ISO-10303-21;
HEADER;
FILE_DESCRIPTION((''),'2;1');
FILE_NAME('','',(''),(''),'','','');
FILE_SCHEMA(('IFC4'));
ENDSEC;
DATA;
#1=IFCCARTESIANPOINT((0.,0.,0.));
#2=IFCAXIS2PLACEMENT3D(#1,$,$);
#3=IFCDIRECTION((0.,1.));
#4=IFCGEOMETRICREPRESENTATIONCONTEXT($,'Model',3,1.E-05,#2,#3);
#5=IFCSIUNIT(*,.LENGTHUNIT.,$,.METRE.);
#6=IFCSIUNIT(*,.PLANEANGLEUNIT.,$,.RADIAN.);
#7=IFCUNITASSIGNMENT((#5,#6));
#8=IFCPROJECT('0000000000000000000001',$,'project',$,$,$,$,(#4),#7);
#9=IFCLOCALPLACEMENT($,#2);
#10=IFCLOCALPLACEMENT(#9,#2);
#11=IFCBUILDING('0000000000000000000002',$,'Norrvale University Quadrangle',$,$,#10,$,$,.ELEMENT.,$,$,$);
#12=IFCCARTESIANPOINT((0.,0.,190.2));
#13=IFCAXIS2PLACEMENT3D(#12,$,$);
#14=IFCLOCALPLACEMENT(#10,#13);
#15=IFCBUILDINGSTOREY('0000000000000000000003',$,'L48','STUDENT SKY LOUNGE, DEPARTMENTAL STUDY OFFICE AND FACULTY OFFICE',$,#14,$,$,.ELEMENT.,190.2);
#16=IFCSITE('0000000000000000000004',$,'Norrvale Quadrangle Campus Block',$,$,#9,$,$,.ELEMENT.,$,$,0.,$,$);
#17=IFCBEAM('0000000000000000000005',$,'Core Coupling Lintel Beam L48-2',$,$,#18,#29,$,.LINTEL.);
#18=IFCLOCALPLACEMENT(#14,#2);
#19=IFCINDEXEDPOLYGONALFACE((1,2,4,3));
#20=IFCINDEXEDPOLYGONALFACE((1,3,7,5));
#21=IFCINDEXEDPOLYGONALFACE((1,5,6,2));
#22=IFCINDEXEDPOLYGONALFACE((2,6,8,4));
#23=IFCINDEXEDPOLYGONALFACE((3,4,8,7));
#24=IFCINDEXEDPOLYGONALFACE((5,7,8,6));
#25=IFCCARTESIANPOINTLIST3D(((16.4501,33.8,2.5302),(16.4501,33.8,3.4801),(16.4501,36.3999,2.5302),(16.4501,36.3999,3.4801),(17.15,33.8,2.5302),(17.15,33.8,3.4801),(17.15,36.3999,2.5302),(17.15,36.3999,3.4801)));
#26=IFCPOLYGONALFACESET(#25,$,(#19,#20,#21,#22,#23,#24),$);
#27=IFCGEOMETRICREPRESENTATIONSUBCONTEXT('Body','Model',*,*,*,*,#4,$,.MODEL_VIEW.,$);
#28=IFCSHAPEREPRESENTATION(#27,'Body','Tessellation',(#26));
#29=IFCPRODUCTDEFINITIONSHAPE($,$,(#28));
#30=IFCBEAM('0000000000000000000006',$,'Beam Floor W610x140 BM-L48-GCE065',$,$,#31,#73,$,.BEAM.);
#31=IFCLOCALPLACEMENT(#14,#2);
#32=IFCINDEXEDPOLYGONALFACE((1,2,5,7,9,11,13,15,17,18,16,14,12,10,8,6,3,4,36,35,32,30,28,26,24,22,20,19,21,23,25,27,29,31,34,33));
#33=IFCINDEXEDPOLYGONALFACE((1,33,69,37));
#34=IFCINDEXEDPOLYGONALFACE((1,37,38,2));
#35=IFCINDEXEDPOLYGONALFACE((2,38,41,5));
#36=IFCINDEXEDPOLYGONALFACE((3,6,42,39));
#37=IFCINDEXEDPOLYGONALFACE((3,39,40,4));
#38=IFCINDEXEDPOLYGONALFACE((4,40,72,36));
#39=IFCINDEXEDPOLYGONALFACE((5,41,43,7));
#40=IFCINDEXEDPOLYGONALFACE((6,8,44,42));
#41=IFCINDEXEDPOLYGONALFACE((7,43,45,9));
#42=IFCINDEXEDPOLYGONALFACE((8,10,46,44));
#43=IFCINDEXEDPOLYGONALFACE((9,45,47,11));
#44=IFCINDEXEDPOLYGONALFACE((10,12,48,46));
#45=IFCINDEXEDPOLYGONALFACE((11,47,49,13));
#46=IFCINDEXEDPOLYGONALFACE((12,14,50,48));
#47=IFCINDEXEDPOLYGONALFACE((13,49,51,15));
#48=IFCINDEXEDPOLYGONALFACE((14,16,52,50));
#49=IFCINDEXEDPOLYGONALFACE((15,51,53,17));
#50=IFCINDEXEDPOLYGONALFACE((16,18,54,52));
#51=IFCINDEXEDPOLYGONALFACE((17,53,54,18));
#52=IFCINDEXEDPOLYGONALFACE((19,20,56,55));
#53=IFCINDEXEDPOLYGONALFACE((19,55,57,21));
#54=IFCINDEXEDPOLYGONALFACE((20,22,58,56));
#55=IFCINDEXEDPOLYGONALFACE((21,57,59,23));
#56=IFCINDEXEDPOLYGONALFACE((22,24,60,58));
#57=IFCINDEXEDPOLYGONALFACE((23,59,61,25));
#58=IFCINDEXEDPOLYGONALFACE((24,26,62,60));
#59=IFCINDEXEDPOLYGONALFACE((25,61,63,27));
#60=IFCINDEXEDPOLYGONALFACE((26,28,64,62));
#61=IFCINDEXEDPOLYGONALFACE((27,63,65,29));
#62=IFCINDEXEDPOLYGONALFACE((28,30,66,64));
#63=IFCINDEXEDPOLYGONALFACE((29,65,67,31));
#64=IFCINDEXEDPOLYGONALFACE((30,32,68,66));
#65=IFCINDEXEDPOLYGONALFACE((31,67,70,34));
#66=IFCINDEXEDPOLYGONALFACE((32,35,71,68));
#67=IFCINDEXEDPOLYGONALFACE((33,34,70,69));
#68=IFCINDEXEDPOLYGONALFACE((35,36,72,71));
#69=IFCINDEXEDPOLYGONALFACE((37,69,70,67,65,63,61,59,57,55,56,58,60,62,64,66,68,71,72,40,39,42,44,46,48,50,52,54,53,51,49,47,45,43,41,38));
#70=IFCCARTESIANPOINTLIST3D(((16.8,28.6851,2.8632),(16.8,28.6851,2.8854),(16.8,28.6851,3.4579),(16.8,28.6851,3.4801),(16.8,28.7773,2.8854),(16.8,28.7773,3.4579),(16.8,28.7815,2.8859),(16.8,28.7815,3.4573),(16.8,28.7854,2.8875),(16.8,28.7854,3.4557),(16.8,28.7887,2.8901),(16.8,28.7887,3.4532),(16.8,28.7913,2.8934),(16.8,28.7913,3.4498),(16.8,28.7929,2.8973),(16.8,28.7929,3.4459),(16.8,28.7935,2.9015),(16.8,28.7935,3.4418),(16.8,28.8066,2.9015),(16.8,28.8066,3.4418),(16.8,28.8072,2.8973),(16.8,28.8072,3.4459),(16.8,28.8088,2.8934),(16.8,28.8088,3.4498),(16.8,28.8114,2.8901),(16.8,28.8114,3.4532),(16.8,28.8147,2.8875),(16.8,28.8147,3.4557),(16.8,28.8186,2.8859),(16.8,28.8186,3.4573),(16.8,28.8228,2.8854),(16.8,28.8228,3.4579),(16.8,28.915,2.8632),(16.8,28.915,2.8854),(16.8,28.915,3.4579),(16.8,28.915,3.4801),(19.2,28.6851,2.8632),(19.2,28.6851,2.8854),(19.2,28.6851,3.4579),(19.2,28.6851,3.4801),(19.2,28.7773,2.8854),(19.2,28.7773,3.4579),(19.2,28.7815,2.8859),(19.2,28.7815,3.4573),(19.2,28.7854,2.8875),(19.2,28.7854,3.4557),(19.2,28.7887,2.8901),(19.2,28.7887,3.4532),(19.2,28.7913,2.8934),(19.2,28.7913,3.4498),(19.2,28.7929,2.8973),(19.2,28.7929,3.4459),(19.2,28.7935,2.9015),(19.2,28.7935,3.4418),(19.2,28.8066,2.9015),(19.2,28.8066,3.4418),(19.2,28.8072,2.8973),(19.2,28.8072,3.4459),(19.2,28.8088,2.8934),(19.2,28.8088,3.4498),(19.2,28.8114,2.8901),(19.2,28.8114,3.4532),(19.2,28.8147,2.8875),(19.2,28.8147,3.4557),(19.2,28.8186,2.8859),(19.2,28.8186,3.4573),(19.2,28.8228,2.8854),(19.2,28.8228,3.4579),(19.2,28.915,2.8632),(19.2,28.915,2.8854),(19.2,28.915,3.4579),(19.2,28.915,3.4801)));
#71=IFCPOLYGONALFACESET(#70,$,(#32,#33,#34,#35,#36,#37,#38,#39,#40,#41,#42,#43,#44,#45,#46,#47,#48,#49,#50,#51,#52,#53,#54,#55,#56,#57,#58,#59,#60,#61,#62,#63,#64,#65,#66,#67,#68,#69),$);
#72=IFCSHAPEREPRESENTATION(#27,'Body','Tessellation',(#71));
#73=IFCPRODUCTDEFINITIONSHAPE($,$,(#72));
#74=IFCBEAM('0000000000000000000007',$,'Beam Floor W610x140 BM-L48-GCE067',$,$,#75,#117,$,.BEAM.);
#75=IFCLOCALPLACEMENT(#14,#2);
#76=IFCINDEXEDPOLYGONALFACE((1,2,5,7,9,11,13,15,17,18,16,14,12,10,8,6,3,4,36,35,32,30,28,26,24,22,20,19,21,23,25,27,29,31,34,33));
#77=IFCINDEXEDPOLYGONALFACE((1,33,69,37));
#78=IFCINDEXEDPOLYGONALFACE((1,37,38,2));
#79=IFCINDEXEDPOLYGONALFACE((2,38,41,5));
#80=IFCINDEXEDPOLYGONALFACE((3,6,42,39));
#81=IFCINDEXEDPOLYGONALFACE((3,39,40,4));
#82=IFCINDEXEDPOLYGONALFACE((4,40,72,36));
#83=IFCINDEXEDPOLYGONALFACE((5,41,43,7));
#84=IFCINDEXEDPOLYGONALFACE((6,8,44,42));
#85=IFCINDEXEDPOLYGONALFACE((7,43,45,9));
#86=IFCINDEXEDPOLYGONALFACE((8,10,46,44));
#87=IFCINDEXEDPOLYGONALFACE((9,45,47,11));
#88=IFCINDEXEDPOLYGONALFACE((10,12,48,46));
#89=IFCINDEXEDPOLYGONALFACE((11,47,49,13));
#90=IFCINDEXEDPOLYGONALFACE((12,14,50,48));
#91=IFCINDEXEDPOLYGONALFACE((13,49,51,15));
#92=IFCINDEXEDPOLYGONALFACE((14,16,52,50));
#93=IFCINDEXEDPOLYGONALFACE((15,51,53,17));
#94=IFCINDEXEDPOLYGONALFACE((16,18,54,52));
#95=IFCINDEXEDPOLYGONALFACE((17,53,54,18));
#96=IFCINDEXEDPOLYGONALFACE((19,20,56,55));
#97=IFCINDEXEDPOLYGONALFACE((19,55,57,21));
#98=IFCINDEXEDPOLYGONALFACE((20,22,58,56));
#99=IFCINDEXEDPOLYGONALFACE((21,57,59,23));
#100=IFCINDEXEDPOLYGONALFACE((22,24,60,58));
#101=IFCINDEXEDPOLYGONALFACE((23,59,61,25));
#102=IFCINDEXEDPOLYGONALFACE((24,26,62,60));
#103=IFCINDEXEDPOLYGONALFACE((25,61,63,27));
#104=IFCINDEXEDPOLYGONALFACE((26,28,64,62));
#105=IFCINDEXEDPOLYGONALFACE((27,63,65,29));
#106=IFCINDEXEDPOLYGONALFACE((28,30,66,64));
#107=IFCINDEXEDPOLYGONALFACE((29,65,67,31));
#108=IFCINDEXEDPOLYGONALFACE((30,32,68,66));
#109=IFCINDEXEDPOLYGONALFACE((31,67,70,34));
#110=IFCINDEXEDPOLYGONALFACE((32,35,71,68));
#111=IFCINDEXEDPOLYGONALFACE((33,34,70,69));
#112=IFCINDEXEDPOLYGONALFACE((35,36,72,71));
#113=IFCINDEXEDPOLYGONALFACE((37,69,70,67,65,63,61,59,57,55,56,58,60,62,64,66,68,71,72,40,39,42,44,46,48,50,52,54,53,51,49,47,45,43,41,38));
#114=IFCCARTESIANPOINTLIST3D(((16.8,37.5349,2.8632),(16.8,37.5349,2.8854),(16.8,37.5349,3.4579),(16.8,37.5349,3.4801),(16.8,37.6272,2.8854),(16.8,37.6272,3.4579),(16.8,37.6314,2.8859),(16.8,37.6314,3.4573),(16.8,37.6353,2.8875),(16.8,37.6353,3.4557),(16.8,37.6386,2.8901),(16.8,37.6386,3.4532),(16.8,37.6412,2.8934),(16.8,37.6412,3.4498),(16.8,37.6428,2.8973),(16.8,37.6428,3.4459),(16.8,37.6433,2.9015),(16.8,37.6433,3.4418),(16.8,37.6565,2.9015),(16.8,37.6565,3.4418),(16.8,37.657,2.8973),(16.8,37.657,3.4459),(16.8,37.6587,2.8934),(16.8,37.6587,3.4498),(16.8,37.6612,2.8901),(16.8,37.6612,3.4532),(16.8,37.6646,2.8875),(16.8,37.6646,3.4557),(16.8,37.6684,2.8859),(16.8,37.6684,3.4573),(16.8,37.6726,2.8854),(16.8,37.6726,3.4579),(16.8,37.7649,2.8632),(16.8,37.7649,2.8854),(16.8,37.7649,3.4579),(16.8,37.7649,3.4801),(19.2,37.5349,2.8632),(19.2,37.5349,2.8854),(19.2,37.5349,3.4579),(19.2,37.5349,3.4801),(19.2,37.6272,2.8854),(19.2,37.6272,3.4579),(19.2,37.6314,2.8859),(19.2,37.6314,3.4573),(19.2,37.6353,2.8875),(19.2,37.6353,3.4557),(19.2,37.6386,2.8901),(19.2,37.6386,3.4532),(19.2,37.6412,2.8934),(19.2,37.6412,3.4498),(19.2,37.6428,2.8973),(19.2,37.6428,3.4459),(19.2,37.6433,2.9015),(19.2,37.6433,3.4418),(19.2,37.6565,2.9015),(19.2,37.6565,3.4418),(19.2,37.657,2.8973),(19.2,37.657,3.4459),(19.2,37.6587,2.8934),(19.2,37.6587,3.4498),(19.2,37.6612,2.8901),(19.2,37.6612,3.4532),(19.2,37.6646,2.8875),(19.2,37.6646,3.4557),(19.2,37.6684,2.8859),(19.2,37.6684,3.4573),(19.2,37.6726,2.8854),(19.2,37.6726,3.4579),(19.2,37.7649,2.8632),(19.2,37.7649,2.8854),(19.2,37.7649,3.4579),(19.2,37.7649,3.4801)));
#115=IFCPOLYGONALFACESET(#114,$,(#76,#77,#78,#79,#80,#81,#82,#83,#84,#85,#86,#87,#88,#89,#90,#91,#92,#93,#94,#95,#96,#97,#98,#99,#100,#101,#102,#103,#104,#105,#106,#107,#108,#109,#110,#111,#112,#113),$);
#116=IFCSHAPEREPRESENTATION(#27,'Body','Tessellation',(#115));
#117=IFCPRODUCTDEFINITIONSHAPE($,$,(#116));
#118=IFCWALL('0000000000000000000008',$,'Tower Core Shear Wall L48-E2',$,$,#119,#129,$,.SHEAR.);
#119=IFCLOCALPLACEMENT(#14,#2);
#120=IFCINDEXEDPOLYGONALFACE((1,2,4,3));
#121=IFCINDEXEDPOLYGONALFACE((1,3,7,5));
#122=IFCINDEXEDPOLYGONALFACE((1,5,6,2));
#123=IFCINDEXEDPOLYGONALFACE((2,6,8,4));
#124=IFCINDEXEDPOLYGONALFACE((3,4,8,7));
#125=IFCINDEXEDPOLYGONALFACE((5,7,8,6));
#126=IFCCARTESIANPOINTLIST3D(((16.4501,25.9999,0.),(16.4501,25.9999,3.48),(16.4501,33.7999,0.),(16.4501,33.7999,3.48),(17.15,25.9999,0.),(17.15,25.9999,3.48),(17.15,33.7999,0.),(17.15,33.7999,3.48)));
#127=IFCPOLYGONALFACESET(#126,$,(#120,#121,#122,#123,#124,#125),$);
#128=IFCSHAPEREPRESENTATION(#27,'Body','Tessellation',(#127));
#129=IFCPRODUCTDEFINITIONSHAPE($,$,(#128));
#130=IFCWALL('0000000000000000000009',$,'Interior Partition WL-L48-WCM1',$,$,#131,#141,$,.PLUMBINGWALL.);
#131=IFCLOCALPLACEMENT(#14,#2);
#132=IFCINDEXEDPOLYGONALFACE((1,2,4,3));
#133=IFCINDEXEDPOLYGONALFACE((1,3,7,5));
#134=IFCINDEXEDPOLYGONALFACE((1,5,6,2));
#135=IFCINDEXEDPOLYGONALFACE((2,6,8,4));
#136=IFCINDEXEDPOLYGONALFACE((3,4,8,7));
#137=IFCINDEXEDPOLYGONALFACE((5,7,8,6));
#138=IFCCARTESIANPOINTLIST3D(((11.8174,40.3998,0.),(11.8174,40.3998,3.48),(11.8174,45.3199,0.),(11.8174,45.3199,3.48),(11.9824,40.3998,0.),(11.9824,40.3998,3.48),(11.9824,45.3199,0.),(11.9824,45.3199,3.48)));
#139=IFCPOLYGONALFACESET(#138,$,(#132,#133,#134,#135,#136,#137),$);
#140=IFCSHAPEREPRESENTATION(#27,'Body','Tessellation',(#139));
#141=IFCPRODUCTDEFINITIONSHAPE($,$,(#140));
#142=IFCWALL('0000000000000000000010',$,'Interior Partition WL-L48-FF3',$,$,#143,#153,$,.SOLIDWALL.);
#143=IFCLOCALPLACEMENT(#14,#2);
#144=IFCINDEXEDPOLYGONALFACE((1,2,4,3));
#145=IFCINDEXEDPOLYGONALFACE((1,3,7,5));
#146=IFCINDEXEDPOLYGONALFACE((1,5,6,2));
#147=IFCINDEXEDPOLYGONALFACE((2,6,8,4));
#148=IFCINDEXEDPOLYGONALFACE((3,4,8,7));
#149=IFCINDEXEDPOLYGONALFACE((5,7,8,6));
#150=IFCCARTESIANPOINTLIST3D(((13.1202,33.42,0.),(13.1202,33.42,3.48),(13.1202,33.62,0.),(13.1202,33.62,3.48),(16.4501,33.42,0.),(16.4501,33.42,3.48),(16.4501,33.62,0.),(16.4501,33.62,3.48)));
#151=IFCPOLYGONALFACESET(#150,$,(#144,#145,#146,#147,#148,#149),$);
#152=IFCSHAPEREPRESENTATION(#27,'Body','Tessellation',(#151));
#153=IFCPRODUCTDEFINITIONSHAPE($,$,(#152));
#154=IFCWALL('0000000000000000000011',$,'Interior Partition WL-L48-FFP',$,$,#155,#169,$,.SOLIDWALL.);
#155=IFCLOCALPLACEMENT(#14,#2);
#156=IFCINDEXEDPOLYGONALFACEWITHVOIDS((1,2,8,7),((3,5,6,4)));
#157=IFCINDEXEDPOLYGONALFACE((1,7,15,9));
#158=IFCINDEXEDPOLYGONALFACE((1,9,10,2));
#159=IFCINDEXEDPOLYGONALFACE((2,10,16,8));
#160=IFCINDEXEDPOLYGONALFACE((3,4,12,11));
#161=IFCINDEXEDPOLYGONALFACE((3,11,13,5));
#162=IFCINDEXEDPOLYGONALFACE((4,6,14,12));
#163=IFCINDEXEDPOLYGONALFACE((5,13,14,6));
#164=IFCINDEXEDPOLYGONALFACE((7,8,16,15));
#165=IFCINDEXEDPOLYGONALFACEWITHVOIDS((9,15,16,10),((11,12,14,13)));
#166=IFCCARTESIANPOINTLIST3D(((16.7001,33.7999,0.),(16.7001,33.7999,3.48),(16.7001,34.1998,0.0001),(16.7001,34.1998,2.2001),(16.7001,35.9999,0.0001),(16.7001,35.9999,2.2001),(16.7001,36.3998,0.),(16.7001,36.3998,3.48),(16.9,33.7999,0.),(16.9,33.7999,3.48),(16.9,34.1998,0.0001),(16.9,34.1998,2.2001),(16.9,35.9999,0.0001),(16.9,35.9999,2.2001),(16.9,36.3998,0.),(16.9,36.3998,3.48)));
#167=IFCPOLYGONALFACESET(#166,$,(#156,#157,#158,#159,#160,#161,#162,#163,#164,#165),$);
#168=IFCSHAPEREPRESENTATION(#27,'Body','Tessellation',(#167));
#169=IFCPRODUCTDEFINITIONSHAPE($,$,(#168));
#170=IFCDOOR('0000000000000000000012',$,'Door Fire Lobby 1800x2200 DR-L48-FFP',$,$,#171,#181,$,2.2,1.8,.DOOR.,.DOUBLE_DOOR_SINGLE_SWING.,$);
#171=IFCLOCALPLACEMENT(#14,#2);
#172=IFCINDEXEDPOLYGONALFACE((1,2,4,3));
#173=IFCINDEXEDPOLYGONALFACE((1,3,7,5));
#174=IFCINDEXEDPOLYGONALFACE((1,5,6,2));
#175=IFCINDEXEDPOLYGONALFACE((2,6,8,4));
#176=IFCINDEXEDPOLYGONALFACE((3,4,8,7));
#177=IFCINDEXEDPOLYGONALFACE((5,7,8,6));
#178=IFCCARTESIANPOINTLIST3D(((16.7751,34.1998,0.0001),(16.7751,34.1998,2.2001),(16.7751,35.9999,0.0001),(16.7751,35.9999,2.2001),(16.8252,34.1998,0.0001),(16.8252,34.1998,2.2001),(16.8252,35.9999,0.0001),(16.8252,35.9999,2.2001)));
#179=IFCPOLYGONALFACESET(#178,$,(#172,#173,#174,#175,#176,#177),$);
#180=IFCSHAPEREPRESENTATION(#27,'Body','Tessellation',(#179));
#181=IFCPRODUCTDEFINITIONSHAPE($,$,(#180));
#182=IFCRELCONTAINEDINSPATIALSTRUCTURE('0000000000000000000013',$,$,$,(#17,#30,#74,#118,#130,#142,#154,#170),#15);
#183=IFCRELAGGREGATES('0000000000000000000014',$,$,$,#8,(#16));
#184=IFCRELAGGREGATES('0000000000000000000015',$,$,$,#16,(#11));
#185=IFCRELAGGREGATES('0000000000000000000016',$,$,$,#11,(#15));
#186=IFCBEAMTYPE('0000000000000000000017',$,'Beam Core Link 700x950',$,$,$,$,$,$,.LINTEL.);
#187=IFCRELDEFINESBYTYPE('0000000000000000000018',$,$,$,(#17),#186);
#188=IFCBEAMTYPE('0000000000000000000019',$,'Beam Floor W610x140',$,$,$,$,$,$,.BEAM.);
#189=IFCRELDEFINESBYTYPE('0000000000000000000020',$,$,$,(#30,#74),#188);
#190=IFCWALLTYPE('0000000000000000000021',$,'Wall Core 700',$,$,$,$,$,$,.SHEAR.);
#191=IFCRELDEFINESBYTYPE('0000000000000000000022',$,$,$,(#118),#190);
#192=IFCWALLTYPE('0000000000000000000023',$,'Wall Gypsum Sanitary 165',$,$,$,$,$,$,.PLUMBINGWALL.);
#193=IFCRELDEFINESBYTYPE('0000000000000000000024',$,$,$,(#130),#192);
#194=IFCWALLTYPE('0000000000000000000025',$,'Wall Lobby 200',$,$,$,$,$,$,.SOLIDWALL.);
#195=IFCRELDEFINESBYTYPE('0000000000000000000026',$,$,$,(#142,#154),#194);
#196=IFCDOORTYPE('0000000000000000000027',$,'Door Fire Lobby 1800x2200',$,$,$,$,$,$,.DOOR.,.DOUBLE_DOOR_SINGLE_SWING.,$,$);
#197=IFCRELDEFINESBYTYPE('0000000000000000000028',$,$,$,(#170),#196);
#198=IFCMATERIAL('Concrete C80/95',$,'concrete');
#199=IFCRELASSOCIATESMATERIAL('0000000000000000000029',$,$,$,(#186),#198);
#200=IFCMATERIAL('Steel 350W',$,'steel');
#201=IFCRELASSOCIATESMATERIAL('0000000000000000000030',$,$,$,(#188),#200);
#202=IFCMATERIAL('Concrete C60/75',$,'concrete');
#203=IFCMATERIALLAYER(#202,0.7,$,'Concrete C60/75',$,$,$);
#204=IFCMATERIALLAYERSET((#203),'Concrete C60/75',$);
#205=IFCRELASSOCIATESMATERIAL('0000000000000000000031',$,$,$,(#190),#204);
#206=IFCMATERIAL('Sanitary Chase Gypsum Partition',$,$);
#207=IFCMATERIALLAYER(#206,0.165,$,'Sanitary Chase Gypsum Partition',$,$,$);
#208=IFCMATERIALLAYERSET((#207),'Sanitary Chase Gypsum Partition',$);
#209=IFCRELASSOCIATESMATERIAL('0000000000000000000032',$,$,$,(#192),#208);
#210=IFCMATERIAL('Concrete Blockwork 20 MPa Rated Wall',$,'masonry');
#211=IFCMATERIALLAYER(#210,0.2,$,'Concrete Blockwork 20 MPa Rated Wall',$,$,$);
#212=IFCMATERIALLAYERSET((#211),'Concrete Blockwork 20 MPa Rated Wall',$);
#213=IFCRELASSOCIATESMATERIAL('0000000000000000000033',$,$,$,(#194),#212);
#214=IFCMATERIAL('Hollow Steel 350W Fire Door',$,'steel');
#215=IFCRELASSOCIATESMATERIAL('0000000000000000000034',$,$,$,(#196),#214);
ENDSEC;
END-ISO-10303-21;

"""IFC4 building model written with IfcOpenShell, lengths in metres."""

from ifc_helpers import new_model, si_unit, direction, frame, frame_2d, origin, origin_2d, place, context, subcontext, project, spatial, rectangle, i_section, extrude, material, layer, layer_set, material_profile, profile_set, type_object, element, fill, save


model = new_model("IFC4")

# Units and contexts
model_context = context("Model", 3, precision=1e-05, world=origin(), true_north=direction((0.0, 1.0)))
body_context = subcontext(model_context, "Body", "Model", "MODEL_VIEW")
ifc_project = project(units=[si_unit("LENGTHUNIT", "METRE"), si_unit("PLANEANGLEUNIT", "RADIAN")], contexts=[model_context])

# Site, building, storey
site_placement = place(None, origin())
site = spatial("IfcSite", under=ifc_project, at=site_placement, Name="Norrvale Quadrangle Campus Block", CompositionType="ELEMENT", RefElevation=0.0)
building_placement = place(site_placement, origin())
building = spatial("IfcBuilding", under=site, at=building_placement, Name="Norrvale University Quadrangle", CompositionType="ELEMENT")
storey_placement = place(building_placement, frame((0.0, 0.0, 190.2)))
storey = spatial("IfcBuildingStorey", under=building, at=storey_placement, Name="L48", Description="STUDENT SKY LOUNGE, DEPARTMENTAL STUDY OFFICE AND FACULTY OFFICE", CompositionType="ELEMENT", Elevation=190.2)

# Beams
ifc_material_1 = material(Name="Concrete C80/95", Category="concrete")
ifc_material_profile_1 = material_profile(ifc_material_1, rectangle(XDim=0.7, YDim=0.95, at=origin_2d()), Name="Concrete C80/95")
ifc_profile_set_1 = profile_set([ifc_material_profile_1], Name="Concrete C80/95")
beam_type_1 = type_object("IfcBeamType", Name="Beam Core Link 700x950", PredefinedType="LINTEL", material=ifc_profile_set_1)
beam_placement = place(storey_placement, frame((16.8, 33.8, 3.0051), z_axis=(0.0, 1.0, 0.0), x_axis=(-1.0, 0.0, 0.0)))
element("IfcBeam", 1, at=beam_placement, inside=storey, type_object=beam_type_1, Name="Core Coupling Lintel Beam L48-2", PredefinedType="LINTEL", context=body_context, shape_type="SweptSolid", body=[
    extrude(rectangle(XDim=0.7, YDim=0.95, at=origin_2d()), origin(), (0.0, 0.0, 1.0), 2.5999),
])
ifc_material_2 = material(Name="Steel 350W", Category="steel")
ifc_material_profile_2 = material_profile(ifc_material_2, i_section(OverallWidth=0.23, OverallDepth=0.6169, WebThickness=0.0132, FlangeThickness=0.0222, FilletRadius=0.0161, at=origin_2d()), Name="Steel 350W")
ifc_profile_set_2 = profile_set([ifc_material_profile_2], Name="Steel 350W")
beam_type_2 = type_object("IfcBeamType", Name="Beam Floor W610x140", PredefinedType="BEAM", material=ifc_profile_set_2)
for number, where, z_axis, x_axis, name in (
    (2, (16.8, 28.8, 3.1716), (1.0, 0.0, 0.0), (0.0, 1.0, 0.0), "Beam Floor W610x140 BM-L48-GCE065"),
    (3, (16.8, 37.6499, 3.1716), (1.0, 0.0, 0.0), (0.0, 1.0, 0.0), "Beam Floor W610x140 BM-L48-GCE067"),
):
    element("IfcBeam", number, at=place(storey_placement, frame(where, z_axis=z_axis, x_axis=x_axis)), inside=storey, type_object=beam_type_2, Name=name, PredefinedType="BEAM", context=body_context, shape_type="SweptSolid", body=[
        extrude(i_section(OverallWidth=0.23, OverallDepth=0.6169, WebThickness=0.0132, FlangeThickness=0.0222, FilletRadius=0.0161, at=origin_2d()), origin(), (0.0, 0.0, 1.0), 2.3999),
    ])

# Wall
ifc_material_3 = material(Name="Concrete C60/75", Category="concrete")
ifc_layer_1 = layer(ifc_material_3, 0.7, Name="Concrete C60/75")
ifc_layer_set_1 = layer_set([ifc_layer_1], Name="Concrete C60/75")
wall_type_1 = type_object("IfcWallType", Name="Wall Core 700", PredefinedType="SHEAR", material=ifc_layer_set_1)
wall_1_placement = place(storey_placement, frame((16.8, 26.0, 0.0), z_axis=(0.0, 0.0, 1.0), x_axis=(0.0, 1.0, 0.0)))
element("IfcWall", 4, at=wall_1_placement, inside=storey, type_object=wall_type_1, Name="Tower Core Shear Wall L48-E2", PredefinedType="SHEAR", context=body_context, shape_type="SweptSolid", body=[
    extrude(rectangle(XDim=7.8, YDim=0.7, at=frame_2d((3.8999, 0.0))), origin(), (0.0, 0.0, 1.0), 3.48),
])

# Walls
ifc_material_4 = material(Name="Sanitary Chase Gypsum Partition")
ifc_layer_2 = layer(ifc_material_4, 0.165, Name="Sanitary Chase Gypsum Partition")
ifc_layer_set_2 = layer_set([ifc_layer_2], Name="Sanitary Chase Gypsum Partition")
wall_type_2 = type_object("IfcWallType", Name="Wall Gypsum Sanitary 165", PredefinedType="PLUMBINGWALL", material=ifc_layer_set_2)
wall_2_placement = place(storey_placement, frame((11.8999, 40.3999, 0.0), z_axis=(0.0, 0.0, 1.0), x_axis=(0.0, 1.0, 0.0)))
element("IfcWall", 5, at=wall_2_placement, inside=storey, type_object=wall_type_2, Name="Interior Partition WL-L48-WCM1", PredefinedType="PLUMBINGWALL", context=body_context, shape_type="SweptSolid", body=[
    extrude(rectangle(XDim=4.9202, YDim=0.165, at=frame_2d((2.46, 0.0))), origin(), (0.0, 0.0, 1.0), 3.48),
])
ifc_material_5 = material(Name="Concrete Blockwork 20 MPa Rated Wall", Category="masonry")
ifc_layer_3 = layer(ifc_material_5, 0.2, Name="Concrete Blockwork 20 MPa Rated Wall")
ifc_layer_set_3 = layer_set([ifc_layer_3], Name="Concrete Blockwork 20 MPa Rated Wall")
wall_type_3 = type_object("IfcWallType", Name="Wall Lobby 200", PredefinedType="SOLIDWALL", material=ifc_layer_set_3)
wall_3_placement = place(storey_placement, frame((13.1201, 33.52, 0.0), z_axis=(0.0, 0.0, 1.0), x_axis=(1.0, 0.0, 0.0)))
element("IfcWall", 6, at=wall_3_placement, inside=storey, type_object=wall_type_3, Name="Interior Partition WL-L48-FF3", PredefinedType="SOLIDWALL", context=body_context, shape_type="SweptSolid", body=[
    extrude(rectangle(XDim=3.3298, YDim=0.2, at=frame_2d((1.665, 0.0))), origin(), (0.0, 0.0, 1.0), 3.48),
])

# Wall, opening, door
wall_4_placement = place(storey_placement, frame((16.8, 33.8, 0.0), z_axis=(0.0, 0.0, 1.0), x_axis=(0.0, 1.0, 0.0)))
wall_4 = element("IfcWall", 7, at=wall_4_placement, inside=storey, type_object=wall_type_3, Name="Interior Partition WL-L48-FFP", PredefinedType="SOLIDWALL", context=body_context, shape_type="SweptSolid", body=[
    extrude(rectangle(XDim=2.5999, YDim=0.2, at=frame_2d((1.2998, 0.0))), origin(), (0.0, 0.0, 1.0), 3.48),
])
opening_1_placement = place(wall_4_placement, frame((0.3999, 0.0, 0.0)))
opening_1 = element("IfcOpeningElement", 8, at=opening_1_placement, cuts=wall_4, PredefinedType="OPENING", context=body_context, shape_type="SweptSolid", body=[
    extrude(rectangle(XDim=1.8, YDim=2.2, at=frame_2d((0.8999, 1.1001))), frame((0.0, 0.1121, 0.0), z_axis=(0.0, -1.0, 0.0), x_axis=(1.0, 0.0, 0.0)), (0.0, 0.0, 1.0), 0.2239),
])
ifc_material_6 = material(Name="Hollow Steel 350W Fire Door", Category="steel")
door_type_1 = type_object("IfcDoorType", Name="Door Fire Lobby 1800x2200", OperationType="DOUBLE_DOOR_SINGLE_SWING", PredefinedType="DOOR", material=ifc_material_6)
door_1_placement = place(opening_1_placement, origin())
door_1 = element("IfcDoor", 9, at=door_1_placement, inside=storey, type_object=door_type_1, Name="Door Fire Lobby 1800x2200 DR-L48-FFP", OperationType="DOUBLE_DOOR_SINGLE_SWING", OverallHeight=2.2, OverallWidth=1.8, PredefinedType="DOOR", context=body_context, shape_type="SweptSolid", body=[
    extrude(rectangle(XDim=1.8, YDim=2.2, at=frame_2d((0.8999, 1.1001))), frame((0.0, 0.0249, 0.0), z_axis=(0.0, -1.0, 0.0), x_axis=(1.0, 0.0, 0.0)), (0.0, 0.0, 1.0), 0.05),
])
fill(opening_1, door_1)

save(model, "model.ifc")
